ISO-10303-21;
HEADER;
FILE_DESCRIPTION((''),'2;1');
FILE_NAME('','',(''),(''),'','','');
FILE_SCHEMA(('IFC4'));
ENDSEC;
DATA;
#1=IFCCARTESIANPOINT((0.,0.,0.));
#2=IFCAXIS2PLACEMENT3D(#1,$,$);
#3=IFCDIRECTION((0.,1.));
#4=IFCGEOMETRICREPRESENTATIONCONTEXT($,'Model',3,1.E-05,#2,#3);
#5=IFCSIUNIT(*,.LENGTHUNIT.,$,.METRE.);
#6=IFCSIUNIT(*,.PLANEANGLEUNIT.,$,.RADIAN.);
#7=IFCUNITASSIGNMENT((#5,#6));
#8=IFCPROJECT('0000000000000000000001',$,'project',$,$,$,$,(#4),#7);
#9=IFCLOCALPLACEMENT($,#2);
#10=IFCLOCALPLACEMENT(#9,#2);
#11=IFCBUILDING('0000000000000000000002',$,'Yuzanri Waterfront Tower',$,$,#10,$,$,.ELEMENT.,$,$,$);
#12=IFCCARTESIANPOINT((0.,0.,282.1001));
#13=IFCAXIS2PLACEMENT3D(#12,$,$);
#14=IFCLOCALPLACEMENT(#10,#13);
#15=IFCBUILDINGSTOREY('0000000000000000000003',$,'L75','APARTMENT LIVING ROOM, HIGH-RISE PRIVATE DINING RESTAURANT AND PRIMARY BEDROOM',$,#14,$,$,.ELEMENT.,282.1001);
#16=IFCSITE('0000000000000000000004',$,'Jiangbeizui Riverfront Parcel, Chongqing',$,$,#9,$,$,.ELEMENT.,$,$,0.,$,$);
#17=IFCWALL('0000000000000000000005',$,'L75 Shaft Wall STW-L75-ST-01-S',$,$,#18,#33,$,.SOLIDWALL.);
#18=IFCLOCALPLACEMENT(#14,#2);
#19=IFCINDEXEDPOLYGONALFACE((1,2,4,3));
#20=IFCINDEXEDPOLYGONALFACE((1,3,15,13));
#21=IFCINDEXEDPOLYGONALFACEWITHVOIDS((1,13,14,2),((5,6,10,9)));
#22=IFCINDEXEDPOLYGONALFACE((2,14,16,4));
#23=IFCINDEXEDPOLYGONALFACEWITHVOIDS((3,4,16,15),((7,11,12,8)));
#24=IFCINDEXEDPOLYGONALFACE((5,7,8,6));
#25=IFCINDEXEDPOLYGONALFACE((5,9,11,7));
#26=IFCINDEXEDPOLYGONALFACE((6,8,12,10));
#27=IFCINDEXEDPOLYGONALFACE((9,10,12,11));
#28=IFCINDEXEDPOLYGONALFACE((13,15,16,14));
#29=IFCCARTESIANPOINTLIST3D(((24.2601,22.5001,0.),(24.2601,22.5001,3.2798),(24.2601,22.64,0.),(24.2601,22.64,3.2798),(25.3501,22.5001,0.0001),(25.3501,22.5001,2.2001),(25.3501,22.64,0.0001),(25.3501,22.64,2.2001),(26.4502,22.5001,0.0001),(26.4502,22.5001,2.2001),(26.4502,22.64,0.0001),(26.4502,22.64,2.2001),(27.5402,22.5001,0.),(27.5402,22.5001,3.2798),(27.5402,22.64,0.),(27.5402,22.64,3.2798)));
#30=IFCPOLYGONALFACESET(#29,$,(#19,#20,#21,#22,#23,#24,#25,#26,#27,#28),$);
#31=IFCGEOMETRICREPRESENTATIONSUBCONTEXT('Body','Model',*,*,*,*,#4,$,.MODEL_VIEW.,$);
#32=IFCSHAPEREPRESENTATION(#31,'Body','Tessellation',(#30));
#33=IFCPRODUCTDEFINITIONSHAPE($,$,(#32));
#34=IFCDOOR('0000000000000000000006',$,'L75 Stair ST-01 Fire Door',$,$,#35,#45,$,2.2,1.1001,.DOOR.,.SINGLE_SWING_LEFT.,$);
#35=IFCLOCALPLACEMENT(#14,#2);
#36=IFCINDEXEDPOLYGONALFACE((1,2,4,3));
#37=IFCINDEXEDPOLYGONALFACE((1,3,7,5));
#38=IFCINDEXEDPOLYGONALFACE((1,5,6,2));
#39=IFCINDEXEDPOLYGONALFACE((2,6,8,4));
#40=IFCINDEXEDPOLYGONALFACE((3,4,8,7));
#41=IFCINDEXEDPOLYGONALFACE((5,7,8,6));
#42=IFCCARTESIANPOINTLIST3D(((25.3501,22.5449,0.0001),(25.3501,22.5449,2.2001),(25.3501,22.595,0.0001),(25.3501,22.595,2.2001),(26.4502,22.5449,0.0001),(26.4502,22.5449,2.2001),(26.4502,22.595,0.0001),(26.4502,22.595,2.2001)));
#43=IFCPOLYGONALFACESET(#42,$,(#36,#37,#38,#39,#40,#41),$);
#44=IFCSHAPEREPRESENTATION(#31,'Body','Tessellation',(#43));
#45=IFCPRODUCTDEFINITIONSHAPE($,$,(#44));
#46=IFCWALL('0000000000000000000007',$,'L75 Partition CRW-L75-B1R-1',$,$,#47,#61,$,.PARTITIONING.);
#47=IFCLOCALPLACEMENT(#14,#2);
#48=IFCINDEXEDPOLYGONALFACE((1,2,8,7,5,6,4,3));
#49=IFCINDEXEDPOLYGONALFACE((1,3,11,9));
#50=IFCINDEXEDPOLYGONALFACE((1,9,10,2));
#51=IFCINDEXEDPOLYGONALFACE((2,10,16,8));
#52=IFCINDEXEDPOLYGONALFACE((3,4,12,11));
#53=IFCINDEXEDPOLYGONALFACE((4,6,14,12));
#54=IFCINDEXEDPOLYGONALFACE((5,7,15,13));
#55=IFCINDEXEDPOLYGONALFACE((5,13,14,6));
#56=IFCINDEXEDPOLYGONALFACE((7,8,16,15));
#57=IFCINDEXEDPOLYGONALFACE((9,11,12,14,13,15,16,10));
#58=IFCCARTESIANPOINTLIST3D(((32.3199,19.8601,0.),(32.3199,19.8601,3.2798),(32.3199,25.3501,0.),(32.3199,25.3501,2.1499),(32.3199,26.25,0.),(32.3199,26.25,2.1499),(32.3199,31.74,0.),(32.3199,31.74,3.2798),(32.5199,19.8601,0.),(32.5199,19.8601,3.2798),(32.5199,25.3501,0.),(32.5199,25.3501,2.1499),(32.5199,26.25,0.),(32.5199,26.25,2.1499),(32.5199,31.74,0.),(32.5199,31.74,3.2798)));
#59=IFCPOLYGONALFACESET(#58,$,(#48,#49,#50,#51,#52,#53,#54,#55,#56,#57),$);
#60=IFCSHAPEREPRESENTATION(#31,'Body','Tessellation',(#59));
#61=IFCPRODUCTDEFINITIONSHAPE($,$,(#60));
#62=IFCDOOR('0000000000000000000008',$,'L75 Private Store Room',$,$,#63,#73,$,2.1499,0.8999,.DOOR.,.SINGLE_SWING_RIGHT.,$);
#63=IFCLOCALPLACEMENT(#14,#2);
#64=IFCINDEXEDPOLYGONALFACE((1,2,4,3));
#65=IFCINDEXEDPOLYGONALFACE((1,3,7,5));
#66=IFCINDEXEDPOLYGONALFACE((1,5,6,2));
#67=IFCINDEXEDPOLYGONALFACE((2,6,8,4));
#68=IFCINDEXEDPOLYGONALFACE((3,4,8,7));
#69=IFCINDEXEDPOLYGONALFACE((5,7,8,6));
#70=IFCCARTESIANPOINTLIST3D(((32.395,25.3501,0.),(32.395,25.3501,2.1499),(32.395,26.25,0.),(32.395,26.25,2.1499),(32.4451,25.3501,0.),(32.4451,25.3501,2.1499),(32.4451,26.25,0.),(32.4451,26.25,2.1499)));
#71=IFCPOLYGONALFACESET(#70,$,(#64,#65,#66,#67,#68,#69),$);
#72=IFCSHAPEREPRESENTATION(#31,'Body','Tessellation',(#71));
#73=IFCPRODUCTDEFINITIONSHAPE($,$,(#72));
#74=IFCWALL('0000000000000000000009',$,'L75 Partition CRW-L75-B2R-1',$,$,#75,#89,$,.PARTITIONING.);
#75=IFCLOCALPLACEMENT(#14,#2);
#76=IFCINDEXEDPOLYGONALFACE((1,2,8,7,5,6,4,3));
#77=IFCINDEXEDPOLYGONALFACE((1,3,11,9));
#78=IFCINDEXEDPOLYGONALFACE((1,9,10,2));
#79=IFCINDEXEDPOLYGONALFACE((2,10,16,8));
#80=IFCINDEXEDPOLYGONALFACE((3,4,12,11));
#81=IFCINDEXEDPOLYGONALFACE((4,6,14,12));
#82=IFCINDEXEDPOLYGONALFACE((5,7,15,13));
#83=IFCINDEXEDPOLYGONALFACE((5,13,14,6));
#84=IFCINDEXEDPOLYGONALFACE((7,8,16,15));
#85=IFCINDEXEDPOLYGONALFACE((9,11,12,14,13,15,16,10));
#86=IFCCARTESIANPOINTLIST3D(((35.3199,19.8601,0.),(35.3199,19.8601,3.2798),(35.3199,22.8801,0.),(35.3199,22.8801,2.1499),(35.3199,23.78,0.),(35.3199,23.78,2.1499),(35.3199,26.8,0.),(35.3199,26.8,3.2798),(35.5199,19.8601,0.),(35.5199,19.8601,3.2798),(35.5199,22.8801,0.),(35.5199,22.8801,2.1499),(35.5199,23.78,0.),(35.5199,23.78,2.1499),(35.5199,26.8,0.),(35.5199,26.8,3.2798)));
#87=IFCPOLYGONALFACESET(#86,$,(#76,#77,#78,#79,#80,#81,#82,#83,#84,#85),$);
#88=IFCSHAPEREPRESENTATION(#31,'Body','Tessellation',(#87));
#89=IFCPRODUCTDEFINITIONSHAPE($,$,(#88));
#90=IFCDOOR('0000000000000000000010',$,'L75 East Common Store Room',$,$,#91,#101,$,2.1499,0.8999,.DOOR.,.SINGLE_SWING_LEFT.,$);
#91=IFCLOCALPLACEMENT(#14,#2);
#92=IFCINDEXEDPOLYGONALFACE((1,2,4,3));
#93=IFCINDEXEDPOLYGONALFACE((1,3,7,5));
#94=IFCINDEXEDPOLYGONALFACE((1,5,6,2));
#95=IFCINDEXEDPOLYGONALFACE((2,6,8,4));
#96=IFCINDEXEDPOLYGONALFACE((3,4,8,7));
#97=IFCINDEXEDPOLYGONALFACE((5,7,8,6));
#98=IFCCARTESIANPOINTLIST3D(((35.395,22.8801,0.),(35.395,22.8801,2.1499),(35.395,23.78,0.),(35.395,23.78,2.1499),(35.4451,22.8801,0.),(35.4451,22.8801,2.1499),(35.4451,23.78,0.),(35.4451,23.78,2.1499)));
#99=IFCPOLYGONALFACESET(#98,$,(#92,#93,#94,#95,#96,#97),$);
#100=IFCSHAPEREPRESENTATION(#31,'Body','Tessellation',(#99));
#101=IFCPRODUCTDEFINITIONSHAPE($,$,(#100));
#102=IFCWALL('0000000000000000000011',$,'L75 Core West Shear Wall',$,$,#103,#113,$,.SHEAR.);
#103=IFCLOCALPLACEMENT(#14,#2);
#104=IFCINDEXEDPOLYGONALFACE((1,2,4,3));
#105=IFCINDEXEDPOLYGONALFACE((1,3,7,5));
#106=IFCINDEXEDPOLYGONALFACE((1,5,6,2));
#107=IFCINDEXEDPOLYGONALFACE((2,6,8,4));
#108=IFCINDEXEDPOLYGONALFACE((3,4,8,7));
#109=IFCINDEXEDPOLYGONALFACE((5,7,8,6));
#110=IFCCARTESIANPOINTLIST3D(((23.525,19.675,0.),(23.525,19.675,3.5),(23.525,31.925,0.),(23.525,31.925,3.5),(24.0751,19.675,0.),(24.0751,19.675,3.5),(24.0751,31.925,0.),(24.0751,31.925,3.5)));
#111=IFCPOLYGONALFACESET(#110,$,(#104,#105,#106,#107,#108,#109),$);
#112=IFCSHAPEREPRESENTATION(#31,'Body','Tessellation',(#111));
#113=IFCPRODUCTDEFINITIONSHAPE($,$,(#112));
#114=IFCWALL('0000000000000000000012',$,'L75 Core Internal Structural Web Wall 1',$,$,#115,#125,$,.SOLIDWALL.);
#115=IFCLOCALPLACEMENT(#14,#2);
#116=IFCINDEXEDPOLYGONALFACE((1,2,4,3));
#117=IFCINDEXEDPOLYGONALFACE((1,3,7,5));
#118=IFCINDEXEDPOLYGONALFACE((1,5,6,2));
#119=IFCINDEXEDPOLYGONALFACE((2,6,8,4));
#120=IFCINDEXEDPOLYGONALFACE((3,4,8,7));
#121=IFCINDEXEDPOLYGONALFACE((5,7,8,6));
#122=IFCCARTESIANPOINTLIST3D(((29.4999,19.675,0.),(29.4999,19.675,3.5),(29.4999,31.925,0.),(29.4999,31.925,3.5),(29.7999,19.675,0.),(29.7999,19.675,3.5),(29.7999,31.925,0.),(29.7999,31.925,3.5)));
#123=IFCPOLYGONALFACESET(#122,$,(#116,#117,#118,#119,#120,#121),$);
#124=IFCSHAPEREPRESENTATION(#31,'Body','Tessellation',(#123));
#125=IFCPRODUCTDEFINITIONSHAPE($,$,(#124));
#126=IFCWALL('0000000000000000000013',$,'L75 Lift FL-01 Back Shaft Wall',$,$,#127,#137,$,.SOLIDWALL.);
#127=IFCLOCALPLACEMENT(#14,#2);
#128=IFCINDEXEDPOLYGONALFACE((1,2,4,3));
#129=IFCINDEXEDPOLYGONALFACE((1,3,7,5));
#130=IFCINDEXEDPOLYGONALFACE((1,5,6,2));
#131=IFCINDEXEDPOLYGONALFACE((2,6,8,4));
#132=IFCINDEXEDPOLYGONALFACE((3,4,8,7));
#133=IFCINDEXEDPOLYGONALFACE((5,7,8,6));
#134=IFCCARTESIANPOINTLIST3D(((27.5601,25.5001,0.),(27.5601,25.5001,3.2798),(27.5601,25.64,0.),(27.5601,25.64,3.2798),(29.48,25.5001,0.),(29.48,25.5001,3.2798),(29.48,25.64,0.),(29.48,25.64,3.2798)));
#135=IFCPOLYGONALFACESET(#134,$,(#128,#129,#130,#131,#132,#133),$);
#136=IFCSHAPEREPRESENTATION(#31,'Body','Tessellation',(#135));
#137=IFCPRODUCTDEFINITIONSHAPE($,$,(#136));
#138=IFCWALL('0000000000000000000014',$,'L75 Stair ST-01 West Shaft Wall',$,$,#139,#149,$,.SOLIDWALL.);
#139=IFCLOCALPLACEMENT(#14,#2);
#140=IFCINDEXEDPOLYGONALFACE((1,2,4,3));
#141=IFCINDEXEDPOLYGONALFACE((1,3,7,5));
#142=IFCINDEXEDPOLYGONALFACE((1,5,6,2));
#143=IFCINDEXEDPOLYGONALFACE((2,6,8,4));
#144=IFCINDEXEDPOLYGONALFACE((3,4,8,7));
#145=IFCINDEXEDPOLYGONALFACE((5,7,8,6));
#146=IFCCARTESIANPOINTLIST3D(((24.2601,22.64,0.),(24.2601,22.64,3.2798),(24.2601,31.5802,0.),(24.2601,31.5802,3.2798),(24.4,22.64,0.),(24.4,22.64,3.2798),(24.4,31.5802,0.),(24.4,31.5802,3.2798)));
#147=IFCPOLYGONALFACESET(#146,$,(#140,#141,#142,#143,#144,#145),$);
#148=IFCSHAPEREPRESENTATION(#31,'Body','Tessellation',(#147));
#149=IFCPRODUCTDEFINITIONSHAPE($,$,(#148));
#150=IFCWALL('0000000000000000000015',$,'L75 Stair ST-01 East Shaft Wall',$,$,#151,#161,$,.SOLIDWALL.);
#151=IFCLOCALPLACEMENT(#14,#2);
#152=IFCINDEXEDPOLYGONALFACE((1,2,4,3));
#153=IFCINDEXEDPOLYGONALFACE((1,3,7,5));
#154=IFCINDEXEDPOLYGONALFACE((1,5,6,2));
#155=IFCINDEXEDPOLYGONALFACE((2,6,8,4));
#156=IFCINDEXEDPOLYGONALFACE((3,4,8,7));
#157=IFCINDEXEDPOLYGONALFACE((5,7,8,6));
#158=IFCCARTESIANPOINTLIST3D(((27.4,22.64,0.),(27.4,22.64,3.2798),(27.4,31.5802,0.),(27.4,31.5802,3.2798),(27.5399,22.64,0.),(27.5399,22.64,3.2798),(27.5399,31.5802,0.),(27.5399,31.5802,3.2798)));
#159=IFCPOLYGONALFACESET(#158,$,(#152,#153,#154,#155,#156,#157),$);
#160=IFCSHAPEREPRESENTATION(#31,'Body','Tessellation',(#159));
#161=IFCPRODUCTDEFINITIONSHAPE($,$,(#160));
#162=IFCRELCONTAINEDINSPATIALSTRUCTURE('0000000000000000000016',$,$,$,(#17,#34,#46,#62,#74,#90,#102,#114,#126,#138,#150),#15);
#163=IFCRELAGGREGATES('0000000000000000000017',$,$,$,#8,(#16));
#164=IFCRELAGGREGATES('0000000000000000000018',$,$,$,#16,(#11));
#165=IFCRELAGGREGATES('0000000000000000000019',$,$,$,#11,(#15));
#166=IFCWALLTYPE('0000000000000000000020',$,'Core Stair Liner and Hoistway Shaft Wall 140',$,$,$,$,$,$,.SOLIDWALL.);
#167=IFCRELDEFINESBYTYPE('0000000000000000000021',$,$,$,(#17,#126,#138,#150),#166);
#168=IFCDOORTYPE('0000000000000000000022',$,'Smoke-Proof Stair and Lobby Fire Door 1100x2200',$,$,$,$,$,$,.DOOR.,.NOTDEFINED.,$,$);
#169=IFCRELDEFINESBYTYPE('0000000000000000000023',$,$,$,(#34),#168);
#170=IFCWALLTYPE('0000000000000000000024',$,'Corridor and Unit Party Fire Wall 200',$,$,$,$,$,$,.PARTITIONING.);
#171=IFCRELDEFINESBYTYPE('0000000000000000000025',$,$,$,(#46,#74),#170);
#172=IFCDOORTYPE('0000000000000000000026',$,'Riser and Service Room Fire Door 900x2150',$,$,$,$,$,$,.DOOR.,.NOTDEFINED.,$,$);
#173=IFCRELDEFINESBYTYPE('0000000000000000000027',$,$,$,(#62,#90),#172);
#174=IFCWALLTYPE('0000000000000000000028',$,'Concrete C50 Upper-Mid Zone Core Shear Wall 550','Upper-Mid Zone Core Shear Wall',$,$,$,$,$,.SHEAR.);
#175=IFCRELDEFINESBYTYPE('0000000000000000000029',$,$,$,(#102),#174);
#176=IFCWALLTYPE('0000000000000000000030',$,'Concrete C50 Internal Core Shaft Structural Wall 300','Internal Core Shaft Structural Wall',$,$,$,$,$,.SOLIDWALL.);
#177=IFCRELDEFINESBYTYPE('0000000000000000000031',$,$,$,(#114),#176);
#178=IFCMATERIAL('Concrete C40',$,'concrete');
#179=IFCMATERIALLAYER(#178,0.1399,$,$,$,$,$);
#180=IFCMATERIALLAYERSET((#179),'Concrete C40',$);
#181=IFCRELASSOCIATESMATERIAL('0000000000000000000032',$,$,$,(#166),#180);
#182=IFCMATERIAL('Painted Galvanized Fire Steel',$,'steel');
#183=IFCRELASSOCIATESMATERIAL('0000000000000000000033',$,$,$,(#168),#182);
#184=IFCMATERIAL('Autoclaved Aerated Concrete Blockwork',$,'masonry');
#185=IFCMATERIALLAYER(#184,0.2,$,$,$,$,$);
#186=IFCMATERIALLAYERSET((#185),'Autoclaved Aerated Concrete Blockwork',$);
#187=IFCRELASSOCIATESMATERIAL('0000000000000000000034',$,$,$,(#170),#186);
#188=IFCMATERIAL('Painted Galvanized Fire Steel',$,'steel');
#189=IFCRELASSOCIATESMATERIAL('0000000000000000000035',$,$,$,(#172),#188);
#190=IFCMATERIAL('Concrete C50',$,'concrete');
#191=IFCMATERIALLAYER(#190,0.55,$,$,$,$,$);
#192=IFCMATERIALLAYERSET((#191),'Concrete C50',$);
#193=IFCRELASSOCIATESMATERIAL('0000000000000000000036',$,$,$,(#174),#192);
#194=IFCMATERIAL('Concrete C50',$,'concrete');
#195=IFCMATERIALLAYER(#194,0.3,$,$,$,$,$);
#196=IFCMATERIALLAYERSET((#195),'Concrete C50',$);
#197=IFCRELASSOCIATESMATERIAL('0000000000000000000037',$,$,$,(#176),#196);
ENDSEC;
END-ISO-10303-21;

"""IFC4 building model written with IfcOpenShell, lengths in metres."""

from ifc_helpers import new_model, si_unit, direction, frame, frame_2d, origin, place, context, subcontext, project, spatial, rectangle, extrude, source, transform, mapped, material, layer, layer_set, type_object, element, fill, save


model = new_model("IFC4")

# Units and contexts
model_context = context("Model", 3, precision=1e-05, world=origin(), true_north=direction((0.0, 1.0)))
body_context = subcontext(model_context, "Body", "Model", "MODEL_VIEW")
ifc_project = project(units=[si_unit("LENGTHUNIT", "METRE"), si_unit("PLANEANGLEUNIT", "RADIAN")], contexts=[model_context])

# Site, building, storey
site_placement = place(None, origin())
site = spatial("IfcSite", under=ifc_project, at=site_placement, Name="Jiangbeizui Riverfront Parcel, Chongqing", CompositionType="ELEMENT", RefElevation=0.0)
building_placement = place(site_placement, origin())
building = spatial("IfcBuilding", under=site, at=building_placement, Name="Yuzanri Waterfront Tower", CompositionType="ELEMENT")
storey_placement = place(building_placement, frame((0.0, 0.0, 282.1001)))
storey = spatial("IfcBuildingStorey", under=building, at=storey_placement, Name="L75", Description="APARTMENT LIVING ROOM, HIGH-RISE PRIVATE DINING RESTAURANT AND PRIMARY BEDROOM", CompositionType="ELEMENT", Elevation=282.1001)

# Walls, openings, doors
ifc_material_1 = material(Name="Concrete C40", Category="concrete")
ifc_layer_1 = layer(ifc_material_1, 0.1399)
ifc_layer_set_1 = layer_set([ifc_layer_1], Name="Concrete C40")
wall_type_1 = type_object("IfcWallType", Name="Core Stair Liner and Hoistway Shaft Wall 140", PredefinedType="SOLIDWALL", material=ifc_layer_set_1)
wall_1_placement = place(storey_placement, frame((24.26, 22.5701, 0.0), z_axis=(0.0, 0.0, 1.0), x_axis=(1.0, 0.0, 0.0)))
wall_1 = element("IfcWall", 1, at=wall_1_placement, inside=storey, type_object=wall_type_1, Name="L75 Shaft Wall STW-L75-ST-01-S", PredefinedType="SOLIDWALL", context=body_context, shape_type="SweptSolid", body=[
    extrude(rectangle(XDim=3.28, YDim=0.1399, at=frame_2d((1.6401, 0.0))), origin(), (0.0, 0.0, 1.0), 3.2798),
])
opening_1_placement = place(wall_1_placement, frame((1.0901, 0.0, 0.0)))
opening_1 = element("IfcOpeningElement", 2, at=opening_1_placement, cuts=wall_1, PredefinedType="OPENING", context=body_context, shape_type="SweptSolid", body=[
    extrude(rectangle(XDim=1.1001, YDim=2.2, at=frame_2d((0.55, 1.1001))), frame((0.0, 0.085, 0.0), z_axis=(0.0, -1.0, 0.0), x_axis=(1.0, 0.0, 0.0)), (0.0, 0.0, 1.0), 0.1697),
])
ifc_material_2 = material(Name="Painted Galvanized Fire Steel", Category="steel")
door_type_1 = type_object("IfcDoorType", Name="Smoke-Proof Stair and Lobby Fire Door 1100x2200", OperationType="NOTDEFINED", PredefinedType="DOOR", material=ifc_material_2)
shared_shape_1 = source(origin(), body_context, "Body", "SweptSolid", [
    extrude(rectangle(XDim=1.1001, YDim=2.2, at=frame_2d((0.55, 1.1001))), frame((0.0, 0.0249, 0.0), z_axis=(0.0, -1.0, 0.0), x_axis=(1.0, 0.0, 0.0)), (0.0, 0.0, 1.0), 0.05),
])
door_1_placement = place(opening_1_placement, origin())
door_1 = element("IfcDoor", 3, at=door_1_placement, inside=storey, type_object=door_type_1, Name="L75 Stair ST-01 Fire Door", OperationType="SINGLE_SWING_LEFT", OverallHeight=2.2, OverallWidth=1.1001, PredefinedType="DOOR", context=body_context, shape_type="MappedRepresentation", body=[
    mapped(shared_shape_1, transform((0.0, 0.0, 0.0), scale=1.0)),
])
fill(opening_1, door_1)
ifc_material_3 = material(Name="Autoclaved Aerated Concrete Blockwork", Category="masonry")
ifc_layer_2 = layer(ifc_material_3, 0.2)
ifc_layer_set_2 = layer_set([ifc_layer_2], Name="Autoclaved Aerated Concrete Blockwork")
wall_type_2 = type_object("IfcWallType", Name="Corridor and Unit Party Fire Wall 200", PredefinedType="PARTITIONING", material=ifc_layer_set_2)
wall_2_placement = place(storey_placement, frame((32.4199, 19.8601, 0.0), z_axis=(0.0, 0.0, 1.0), x_axis=(0.0, 1.0, 0.0)))
wall_2 = element("IfcWall", 4, at=wall_2_placement, inside=storey, type_object=wall_type_2, Name="L75 Partition CRW-L75-B1R-1", PredefinedType="PARTITIONING", context=body_context, shape_type="SweptSolid", body=[
    extrude(rectangle(XDim=11.8799, YDim=0.2, at=frame_2d((5.9399, 0.0))), origin(), (0.0, 0.0, 1.0), 3.2798),
])
opening_2_placement = place(wall_2_placement, frame((5.49, 0.0, 0.0)))
opening_2 = element("IfcOpeningElement", 5, at=opening_2_placement, cuts=wall_2, PredefinedType="OPENING", context=body_context, shape_type="SweptSolid", body=[
    extrude(rectangle(XDim=0.8999, YDim=2.1499, at=frame_2d((0.45, 1.075))), frame((0.0, 0.1147, 0.0), z_axis=(0.0, -1.0, 0.0), x_axis=(1.0, 0.0, 0.0)), (0.0, 0.0, 1.0), 0.2297),
])
ifc_material_4 = material(Name="Painted Galvanized Fire Steel", Category="steel")
door_type_2 = type_object("IfcDoorType", Name="Riser and Service Room Fire Door 900x2150", OperationType="NOTDEFINED", PredefinedType="DOOR", material=ifc_material_4)
shared_shape_2 = source(origin(), body_context, "Body", "SweptSolid", [
    extrude(rectangle(XDim=0.8999, YDim=2.1499, at=frame_2d((0.45, 1.075))), frame((0.0, 0.0249, 0.0), z_axis=(0.0, -1.0, 0.0), x_axis=(1.0, 0.0, 0.0)), (0.0, 0.0, 1.0), 0.05),
])
door_2_placement = place(opening_2_placement, origin())
door_2 = element("IfcDoor", 6, at=door_2_placement, inside=storey, type_object=door_type_2, Name="L75 Private Store Room", OperationType="SINGLE_SWING_RIGHT", OverallHeight=2.1499, OverallWidth=0.8999, PredefinedType="DOOR", context=body_context, shape_type="MappedRepresentation", body=[
    mapped(shared_shape_2, transform((0.0, 0.0, 0.0), scale=1.0)),
])
fill(opening_2, door_2)
wall_3_placement = place(storey_placement, frame((35.4199, 19.8601, 0.0), z_axis=(0.0, 0.0, 1.0), x_axis=(0.0, 1.0, 0.0)))
wall_3 = element("IfcWall", 7, at=wall_3_placement, inside=storey, type_object=wall_type_2, Name="L75 Partition CRW-L75-B2R-1", PredefinedType="PARTITIONING", context=body_context, shape_type="SweptSolid", body=[
    extrude(rectangle(XDim=6.9399, YDim=0.2, at=frame_2d((3.47, 0.0))), origin(), (0.0, 0.0, 1.0), 3.2798),
])
opening_3_placement = place(wall_3_placement, frame((3.02, 0.0, 0.0)))
opening_3 = element("IfcOpeningElement", 8, at=opening_3_placement, cuts=wall_3, PredefinedType="OPENING", context=body_context, shape_type="SweptSolid", body=[
    extrude(rectangle(XDim=0.8999, YDim=2.1499, at=frame_2d((0.45, 1.075))), frame((0.0, 0.1147, 0.0), z_axis=(0.0, -1.0, 0.0), x_axis=(1.0, 0.0, 0.0)), (0.0, 0.0, 1.0), 0.2297),
])
door_3_placement = place(opening_3_placement, origin())
door_3 = element("IfcDoor", 9, at=door_3_placement, inside=storey, type_object=door_type_2, Name="L75 East Common Store Room", OperationType="SINGLE_SWING_LEFT", OverallHeight=2.1499, OverallWidth=0.8999, PredefinedType="DOOR", context=body_context, shape_type="MappedRepresentation", body=[
    mapped(shared_shape_2, transform((0.0, 0.0, 0.0), scale=1.0)),
])
fill(opening_3, door_3)

# Walls
ifc_material_5 = material(Name="Concrete C50", Category="concrete")
ifc_layer_3 = layer(ifc_material_5, 0.55)
ifc_layer_set_3 = layer_set([ifc_layer_3], Name="Concrete C50")
wall_type_3 = type_object("IfcWallType", Name="Concrete C50 Upper-Mid Zone Core Shear Wall 550", Description="Upper-Mid Zone Core Shear Wall", PredefinedType="SHEAR", material=ifc_layer_set_3)
shared_shape_3 = source(origin(), body_context, "Body", "SweptSolid", [
    extrude(rectangle(XDim=12.25, YDim=0.55, at=frame_2d((6.125, 0.0))), origin(), (0.0, 0.0, 1.0), 3.5),
])
wall_4_placement = place(storey_placement, frame((23.8, 19.675, 0.0), z_axis=(0.0, 0.0, 1.0), x_axis=(0.0, 1.0, 0.0)))
element("IfcWall", 10, at=wall_4_placement, inside=storey, type_object=wall_type_3, Name="L75 Core West Shear Wall", PredefinedType="SHEAR", context=body_context, shape_type="MappedRepresentation", body=[
    mapped(shared_shape_3, transform((0.0, 0.0, 0.0), scale=1.0)),
])
ifc_material_6 = material(Name="Concrete C50", Category="concrete")
ifc_layer_4 = layer(ifc_material_6, 0.3)
ifc_layer_set_4 = layer_set([ifc_layer_4], Name="Concrete C50")
wall_type_4 = type_object("IfcWallType", Name="Concrete C50 Internal Core Shaft Structural Wall 300", Description="Internal Core Shaft Structural Wall", PredefinedType="SOLIDWALL", material=ifc_layer_set_4)
shared_shape_4 = source(origin(), body_context, "Body", "SweptSolid", [
    extrude(rectangle(XDim=12.25, YDim=0.3, at=frame_2d((6.125, 0.0))), origin(), (0.0, 0.0, 1.0), 3.5),
])
wall_5_placement = place(storey_placement, frame((29.6499, 19.675, 0.0), z_axis=(0.0, 0.0, 1.0), x_axis=(0.0, 1.0, 0.0)))
element("IfcWall", 11, at=wall_5_placement, inside=storey, type_object=wall_type_4, Name="L75 Core Internal Structural Web Wall 1", PredefinedType="SOLIDWALL", context=body_context, shape_type="MappedRepresentation", body=[
    mapped(shared_shape_4, transform((0.0, 0.0, 0.0), scale=1.0)),
])
shared_shape_5 = source(origin(), body_context, "Body", "SweptSolid", [
    extrude(rectangle(XDim=1.9199, YDim=0.1399, at=frame_2d((0.96, 0.0))), origin(), (0.0, 0.0, 1.0), 3.2798),
])
wall_6_placement = place(storey_placement, frame((27.5601, 25.5701, 0.0), z_axis=(0.0, 0.0, 1.0), x_axis=(1.0, 0.0, 0.0)))
element("IfcWall", 12, at=wall_6_placement, inside=storey, type_object=wall_type_1, Name="L75 Lift FL-01 Back Shaft Wall", PredefinedType="SOLIDWALL", context=body_context, shape_type="MappedRepresentation", body=[
    mapped(shared_shape_5, transform((0.0, 0.0, 0.0), scale=1.0)),
])
shared_shape_6 = source(origin(), body_context, "Body", "SweptSolid", [
    extrude(rectangle(XDim=8.9402, YDim=0.1399, at=frame_2d((4.4702, 0.0))), origin(), (0.0, 0.0, 1.0), 3.2798),
])
for number, where, z_axis, x_axis, name in (
    (13, (24.3301, 22.6399, 0.0), (0.0, 0.0, 1.0), (0.0, 1.0, 0.0), "L75 Stair ST-01 West Shaft Wall"),
    (14, (27.47, 22.6399, 0.0), (0.0, 0.0, 1.0), (0.0, 1.0, 0.0), "L75 Stair ST-01 East Shaft Wall"),
):
    element("IfcWall", number, at=place(storey_placement, frame(where, z_axis=z_axis, x_axis=x_axis)), inside=storey, type_object=wall_type_1, Name=name, PredefinedType="SOLIDWALL", context=body_context, shape_type="MappedRepresentation", body=[
        mapped(shared_shape_6, transform((0.0, 0.0, 0.0), scale=1.0)),
    ])

save(model, "model.ifc")
